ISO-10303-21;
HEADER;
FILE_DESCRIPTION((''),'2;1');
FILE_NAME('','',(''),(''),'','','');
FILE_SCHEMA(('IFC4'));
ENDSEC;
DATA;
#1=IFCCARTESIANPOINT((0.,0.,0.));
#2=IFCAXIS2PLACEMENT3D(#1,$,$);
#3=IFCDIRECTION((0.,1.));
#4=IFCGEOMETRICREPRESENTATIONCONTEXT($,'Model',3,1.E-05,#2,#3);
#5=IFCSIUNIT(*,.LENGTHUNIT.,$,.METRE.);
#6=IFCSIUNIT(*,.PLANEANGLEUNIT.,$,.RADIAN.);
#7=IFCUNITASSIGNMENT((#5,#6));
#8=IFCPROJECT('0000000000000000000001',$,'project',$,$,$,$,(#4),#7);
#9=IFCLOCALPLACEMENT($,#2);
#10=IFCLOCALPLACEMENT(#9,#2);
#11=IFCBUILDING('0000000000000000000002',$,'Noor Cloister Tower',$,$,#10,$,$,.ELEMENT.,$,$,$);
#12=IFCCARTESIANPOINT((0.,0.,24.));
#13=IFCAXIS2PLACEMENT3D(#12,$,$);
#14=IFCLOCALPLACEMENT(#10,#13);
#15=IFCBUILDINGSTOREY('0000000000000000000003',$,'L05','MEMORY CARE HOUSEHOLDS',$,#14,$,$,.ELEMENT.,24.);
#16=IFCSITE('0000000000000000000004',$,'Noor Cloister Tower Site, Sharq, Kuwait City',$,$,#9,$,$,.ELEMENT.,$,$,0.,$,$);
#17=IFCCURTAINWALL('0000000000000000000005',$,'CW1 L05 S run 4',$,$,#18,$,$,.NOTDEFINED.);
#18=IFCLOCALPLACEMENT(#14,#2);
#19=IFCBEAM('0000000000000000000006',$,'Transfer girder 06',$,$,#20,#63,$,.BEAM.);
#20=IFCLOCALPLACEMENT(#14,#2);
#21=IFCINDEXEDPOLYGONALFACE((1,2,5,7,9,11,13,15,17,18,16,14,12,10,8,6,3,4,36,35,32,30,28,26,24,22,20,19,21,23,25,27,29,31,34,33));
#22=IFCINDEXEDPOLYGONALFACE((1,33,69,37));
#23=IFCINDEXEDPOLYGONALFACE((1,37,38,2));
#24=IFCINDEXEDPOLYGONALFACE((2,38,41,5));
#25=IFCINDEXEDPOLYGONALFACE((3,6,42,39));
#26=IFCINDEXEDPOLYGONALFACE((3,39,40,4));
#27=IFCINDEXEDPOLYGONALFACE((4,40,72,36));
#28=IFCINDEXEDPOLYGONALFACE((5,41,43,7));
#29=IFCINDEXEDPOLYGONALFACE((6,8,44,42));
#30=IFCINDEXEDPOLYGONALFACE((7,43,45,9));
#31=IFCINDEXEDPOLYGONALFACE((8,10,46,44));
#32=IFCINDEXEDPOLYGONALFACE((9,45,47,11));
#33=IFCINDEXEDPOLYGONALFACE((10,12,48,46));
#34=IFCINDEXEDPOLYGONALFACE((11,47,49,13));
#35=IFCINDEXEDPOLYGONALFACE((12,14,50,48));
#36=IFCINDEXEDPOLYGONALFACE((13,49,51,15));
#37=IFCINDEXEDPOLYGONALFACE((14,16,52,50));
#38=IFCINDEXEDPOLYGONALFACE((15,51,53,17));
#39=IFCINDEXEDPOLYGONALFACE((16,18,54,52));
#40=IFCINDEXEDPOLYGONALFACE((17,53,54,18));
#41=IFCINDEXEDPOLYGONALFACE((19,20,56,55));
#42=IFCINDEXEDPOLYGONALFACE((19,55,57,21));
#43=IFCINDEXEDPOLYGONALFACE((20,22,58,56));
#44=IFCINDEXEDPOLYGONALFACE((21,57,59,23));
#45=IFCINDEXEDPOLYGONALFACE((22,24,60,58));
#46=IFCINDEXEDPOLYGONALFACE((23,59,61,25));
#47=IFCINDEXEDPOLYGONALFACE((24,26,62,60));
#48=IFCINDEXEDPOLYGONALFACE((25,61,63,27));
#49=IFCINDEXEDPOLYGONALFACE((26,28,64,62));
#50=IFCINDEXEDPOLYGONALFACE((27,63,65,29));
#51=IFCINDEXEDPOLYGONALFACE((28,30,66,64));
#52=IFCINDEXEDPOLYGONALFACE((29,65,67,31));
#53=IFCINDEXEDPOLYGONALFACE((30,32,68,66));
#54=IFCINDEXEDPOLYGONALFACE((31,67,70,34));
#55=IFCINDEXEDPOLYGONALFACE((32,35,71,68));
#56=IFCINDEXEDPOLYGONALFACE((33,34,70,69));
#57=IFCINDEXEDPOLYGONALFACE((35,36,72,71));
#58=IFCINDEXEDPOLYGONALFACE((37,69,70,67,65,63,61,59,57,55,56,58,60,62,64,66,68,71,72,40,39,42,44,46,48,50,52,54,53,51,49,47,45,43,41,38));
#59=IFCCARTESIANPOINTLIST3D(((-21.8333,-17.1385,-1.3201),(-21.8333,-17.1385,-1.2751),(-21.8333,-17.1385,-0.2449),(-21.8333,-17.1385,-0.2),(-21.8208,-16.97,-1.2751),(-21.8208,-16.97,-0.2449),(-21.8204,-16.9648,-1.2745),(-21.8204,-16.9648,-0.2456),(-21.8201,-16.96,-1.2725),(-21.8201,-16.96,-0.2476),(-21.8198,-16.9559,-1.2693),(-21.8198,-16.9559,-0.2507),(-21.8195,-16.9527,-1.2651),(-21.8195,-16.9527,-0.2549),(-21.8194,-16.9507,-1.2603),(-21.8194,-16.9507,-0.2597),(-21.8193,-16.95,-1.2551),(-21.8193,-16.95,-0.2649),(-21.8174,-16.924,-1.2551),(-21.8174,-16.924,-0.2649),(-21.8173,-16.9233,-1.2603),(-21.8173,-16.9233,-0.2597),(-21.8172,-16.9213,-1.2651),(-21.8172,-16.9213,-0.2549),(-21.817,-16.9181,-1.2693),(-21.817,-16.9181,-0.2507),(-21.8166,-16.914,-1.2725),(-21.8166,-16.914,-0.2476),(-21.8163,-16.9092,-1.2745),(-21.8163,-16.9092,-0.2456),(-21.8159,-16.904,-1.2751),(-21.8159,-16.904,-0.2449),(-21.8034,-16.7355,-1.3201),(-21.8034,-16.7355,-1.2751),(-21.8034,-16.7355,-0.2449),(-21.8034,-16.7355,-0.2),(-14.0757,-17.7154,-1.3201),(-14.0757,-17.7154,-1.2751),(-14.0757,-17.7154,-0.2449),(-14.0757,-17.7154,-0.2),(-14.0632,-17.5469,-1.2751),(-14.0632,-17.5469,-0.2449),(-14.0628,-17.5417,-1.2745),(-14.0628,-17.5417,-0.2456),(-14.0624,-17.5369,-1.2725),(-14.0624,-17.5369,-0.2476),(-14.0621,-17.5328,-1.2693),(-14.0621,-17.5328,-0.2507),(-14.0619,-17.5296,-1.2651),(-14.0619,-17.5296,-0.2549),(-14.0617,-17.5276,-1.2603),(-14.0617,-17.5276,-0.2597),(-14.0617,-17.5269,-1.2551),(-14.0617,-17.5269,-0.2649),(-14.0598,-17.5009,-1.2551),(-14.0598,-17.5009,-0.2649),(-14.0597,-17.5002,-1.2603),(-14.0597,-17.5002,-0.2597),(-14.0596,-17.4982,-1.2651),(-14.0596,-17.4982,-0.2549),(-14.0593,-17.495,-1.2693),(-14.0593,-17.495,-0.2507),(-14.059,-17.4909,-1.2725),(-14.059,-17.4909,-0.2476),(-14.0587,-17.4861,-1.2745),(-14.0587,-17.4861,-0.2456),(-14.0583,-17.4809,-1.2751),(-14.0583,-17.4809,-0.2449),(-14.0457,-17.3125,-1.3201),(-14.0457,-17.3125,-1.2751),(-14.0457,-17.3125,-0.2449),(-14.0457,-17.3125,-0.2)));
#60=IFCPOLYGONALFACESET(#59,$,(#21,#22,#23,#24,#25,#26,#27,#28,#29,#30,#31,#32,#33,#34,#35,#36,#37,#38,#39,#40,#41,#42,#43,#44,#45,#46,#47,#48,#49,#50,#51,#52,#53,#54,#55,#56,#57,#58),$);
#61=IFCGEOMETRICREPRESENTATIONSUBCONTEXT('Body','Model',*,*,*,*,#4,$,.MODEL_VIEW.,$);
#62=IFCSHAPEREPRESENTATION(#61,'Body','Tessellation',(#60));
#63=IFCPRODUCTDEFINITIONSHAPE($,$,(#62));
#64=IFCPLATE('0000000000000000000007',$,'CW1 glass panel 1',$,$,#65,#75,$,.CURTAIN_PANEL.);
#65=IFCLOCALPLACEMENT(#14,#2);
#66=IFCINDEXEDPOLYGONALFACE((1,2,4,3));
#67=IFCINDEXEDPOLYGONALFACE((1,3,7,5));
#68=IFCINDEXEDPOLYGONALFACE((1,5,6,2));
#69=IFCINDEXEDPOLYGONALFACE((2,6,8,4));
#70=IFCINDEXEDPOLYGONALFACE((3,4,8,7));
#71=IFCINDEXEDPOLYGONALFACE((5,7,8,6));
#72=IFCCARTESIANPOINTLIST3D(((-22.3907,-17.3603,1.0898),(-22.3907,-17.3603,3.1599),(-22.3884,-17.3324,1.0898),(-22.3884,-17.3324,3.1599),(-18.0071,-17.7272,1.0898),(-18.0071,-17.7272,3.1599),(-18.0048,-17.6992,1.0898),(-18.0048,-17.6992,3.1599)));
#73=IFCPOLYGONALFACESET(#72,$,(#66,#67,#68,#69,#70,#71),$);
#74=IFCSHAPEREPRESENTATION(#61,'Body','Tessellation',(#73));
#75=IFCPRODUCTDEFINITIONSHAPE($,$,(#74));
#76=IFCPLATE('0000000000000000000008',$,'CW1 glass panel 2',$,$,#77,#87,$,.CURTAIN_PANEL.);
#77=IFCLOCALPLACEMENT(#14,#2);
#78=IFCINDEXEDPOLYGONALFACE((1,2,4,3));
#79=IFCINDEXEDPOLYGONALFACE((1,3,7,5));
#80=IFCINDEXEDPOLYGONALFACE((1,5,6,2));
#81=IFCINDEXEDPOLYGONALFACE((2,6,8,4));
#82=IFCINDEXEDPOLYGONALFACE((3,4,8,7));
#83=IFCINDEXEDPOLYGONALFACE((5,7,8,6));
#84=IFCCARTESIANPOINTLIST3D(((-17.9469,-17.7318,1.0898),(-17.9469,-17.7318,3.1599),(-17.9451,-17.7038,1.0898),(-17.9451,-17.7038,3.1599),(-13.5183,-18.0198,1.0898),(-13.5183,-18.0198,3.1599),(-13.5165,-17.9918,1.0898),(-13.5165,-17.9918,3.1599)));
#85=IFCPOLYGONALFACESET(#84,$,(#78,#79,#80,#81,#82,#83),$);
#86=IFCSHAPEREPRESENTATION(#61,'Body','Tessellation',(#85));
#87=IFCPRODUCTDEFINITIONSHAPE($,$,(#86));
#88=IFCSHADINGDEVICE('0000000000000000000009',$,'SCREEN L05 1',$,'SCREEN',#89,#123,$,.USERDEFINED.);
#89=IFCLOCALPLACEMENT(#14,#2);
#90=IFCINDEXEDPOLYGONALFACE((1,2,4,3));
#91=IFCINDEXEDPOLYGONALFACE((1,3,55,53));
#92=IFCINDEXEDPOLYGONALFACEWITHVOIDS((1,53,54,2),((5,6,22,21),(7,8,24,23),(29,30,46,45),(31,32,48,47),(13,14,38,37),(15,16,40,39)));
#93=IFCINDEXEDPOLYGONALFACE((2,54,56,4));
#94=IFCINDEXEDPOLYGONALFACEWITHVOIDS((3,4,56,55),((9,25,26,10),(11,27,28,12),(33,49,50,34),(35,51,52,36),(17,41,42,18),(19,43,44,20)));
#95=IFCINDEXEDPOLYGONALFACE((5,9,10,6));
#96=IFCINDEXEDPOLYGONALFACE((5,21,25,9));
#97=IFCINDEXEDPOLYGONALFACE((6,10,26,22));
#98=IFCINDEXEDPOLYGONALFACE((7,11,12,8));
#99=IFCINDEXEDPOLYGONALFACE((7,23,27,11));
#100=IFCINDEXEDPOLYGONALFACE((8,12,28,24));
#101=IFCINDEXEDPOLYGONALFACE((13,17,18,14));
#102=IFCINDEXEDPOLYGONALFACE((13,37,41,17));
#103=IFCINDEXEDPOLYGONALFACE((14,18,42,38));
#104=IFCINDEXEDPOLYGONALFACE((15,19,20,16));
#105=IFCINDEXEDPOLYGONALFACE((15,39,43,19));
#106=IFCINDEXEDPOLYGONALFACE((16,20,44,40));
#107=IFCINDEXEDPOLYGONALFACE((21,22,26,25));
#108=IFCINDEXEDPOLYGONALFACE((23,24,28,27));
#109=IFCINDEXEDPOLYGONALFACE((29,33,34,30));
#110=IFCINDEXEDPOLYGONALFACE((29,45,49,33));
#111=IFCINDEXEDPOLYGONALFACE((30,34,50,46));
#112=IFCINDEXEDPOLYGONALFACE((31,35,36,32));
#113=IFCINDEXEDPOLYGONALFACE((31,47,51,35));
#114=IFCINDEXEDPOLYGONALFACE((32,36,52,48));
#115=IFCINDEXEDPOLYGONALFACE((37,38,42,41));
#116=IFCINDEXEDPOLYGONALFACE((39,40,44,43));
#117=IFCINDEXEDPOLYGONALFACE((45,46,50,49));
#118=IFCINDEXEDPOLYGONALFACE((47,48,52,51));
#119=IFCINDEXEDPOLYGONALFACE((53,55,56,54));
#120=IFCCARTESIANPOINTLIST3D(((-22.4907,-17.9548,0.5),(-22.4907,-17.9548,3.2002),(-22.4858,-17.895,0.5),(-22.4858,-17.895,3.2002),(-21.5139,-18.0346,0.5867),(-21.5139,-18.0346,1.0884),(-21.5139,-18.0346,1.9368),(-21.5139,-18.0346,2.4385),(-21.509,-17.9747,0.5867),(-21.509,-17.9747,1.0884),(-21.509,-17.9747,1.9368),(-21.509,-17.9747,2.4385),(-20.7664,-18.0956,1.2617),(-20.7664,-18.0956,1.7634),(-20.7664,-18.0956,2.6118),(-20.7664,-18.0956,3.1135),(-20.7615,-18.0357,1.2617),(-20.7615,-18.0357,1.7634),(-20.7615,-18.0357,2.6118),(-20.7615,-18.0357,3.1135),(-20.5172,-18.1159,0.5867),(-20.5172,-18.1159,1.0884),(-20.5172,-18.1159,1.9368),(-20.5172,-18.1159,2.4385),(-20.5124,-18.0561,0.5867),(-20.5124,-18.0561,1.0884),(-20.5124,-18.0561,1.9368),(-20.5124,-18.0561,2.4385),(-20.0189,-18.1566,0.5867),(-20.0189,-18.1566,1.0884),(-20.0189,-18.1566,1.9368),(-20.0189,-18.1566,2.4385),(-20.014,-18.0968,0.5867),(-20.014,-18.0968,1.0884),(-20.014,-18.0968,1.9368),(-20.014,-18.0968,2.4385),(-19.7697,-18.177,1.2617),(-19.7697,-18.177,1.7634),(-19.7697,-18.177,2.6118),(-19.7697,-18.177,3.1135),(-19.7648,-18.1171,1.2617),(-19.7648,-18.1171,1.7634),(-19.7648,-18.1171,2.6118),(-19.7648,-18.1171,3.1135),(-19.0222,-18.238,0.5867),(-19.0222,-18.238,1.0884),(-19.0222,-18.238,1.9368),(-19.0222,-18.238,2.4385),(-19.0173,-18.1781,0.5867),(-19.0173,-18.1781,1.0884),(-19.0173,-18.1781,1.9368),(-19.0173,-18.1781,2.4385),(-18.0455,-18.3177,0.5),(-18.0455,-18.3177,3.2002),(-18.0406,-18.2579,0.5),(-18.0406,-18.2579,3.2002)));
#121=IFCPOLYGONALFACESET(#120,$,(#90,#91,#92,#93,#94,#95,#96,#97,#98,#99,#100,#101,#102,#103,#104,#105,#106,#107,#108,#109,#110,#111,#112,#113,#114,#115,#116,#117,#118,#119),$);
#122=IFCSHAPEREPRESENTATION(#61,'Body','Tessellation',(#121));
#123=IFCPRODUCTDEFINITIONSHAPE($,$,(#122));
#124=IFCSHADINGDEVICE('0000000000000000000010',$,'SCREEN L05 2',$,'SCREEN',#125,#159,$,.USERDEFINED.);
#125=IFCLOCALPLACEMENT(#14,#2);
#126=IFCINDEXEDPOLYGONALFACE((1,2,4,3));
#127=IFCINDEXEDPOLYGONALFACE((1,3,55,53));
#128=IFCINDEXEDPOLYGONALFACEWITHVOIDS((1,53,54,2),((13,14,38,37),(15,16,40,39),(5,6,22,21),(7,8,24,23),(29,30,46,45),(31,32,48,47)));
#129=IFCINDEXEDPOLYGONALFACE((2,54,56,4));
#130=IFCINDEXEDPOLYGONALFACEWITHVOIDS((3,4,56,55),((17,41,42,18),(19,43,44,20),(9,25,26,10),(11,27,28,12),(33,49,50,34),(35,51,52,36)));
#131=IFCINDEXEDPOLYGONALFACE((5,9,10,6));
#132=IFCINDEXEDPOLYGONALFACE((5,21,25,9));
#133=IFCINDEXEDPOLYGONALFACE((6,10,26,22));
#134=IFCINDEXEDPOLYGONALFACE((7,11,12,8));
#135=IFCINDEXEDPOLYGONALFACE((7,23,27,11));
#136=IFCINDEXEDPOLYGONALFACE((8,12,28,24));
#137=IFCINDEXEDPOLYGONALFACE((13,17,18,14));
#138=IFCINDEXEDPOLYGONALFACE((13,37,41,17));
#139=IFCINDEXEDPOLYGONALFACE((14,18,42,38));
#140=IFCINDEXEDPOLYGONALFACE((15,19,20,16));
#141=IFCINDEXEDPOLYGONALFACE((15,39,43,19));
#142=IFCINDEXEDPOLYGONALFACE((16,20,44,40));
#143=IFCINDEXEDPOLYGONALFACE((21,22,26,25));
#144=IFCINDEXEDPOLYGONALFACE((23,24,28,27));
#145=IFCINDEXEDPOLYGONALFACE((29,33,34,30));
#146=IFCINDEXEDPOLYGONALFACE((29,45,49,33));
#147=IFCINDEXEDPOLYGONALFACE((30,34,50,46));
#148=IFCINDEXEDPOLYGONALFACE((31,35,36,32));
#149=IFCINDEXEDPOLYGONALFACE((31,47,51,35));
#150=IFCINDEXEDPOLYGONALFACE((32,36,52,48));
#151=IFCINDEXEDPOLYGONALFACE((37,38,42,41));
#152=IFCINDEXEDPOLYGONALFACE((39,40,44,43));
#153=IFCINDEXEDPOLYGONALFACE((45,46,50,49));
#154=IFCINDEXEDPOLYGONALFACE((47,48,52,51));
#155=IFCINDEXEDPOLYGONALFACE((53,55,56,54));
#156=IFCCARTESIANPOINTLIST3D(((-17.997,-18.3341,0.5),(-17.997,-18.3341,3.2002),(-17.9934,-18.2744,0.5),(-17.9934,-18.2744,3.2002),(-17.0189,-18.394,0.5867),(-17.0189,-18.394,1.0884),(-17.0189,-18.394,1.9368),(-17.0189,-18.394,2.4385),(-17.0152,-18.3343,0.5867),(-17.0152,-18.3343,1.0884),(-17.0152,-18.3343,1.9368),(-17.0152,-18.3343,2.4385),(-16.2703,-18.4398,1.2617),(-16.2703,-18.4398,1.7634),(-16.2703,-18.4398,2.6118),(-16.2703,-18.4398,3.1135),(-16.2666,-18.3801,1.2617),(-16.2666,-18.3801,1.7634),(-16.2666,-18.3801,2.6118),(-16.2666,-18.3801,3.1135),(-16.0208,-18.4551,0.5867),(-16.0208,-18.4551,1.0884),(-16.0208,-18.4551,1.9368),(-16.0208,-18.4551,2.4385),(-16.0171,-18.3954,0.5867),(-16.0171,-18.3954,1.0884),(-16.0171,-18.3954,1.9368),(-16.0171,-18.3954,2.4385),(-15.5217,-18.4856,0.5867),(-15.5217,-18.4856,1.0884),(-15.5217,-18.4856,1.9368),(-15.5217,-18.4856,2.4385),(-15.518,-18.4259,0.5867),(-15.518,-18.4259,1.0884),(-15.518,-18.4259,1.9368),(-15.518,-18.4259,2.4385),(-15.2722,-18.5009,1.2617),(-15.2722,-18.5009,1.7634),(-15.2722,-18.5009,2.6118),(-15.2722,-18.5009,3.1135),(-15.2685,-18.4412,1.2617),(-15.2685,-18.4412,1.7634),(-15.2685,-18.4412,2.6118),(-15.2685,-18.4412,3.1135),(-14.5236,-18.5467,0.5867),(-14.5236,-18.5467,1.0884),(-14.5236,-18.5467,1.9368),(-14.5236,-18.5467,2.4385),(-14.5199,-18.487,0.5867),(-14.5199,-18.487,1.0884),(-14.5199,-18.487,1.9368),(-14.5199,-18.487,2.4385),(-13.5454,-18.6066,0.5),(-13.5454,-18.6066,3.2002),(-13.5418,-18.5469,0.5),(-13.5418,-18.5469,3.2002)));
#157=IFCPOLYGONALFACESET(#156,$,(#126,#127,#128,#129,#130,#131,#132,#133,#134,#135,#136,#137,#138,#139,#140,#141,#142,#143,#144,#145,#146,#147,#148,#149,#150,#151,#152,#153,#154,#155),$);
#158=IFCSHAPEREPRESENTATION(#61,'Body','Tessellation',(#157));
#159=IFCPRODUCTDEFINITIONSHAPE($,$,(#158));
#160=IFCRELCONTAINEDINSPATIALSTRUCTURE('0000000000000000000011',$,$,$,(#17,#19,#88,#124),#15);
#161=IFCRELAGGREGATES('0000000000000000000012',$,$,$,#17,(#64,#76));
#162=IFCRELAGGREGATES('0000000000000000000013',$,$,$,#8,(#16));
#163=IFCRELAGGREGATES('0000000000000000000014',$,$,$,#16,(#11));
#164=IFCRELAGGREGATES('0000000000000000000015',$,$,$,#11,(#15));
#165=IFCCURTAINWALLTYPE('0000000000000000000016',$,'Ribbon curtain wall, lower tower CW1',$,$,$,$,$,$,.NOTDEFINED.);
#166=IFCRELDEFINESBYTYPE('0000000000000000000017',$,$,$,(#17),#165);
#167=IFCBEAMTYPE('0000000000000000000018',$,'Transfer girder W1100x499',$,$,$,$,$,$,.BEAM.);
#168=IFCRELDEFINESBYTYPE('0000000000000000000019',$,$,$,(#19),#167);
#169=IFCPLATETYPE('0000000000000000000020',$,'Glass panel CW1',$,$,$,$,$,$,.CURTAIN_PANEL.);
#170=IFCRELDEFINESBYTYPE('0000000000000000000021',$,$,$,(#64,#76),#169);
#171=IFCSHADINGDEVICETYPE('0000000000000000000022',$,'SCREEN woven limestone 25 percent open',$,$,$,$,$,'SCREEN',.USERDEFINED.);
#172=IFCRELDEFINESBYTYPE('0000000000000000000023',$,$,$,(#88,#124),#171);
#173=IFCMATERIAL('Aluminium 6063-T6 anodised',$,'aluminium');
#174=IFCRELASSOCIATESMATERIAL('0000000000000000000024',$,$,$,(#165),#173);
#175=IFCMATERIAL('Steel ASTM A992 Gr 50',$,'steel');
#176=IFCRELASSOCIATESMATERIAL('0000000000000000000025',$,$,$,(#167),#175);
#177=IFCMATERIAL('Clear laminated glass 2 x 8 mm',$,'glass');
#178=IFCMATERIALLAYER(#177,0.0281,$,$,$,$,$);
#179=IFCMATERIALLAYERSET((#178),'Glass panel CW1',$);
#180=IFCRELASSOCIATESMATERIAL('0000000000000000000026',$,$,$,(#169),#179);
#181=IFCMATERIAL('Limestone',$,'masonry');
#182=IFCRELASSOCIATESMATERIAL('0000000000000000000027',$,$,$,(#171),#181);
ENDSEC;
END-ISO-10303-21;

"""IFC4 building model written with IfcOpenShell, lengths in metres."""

from ifc_helpers import new_model, si_unit, direction, frame, origin, origin_2d, place, context, subcontext, project, spatial, polyline, rectangle, i_section, outline, extrude, material, layer, layer_set, material_profile, profile_set, type_object, element, aggregate, save


model = new_model("IFC4")

# Units and contexts
model_context = context("Model", 3, precision=1e-05, world=origin(), true_north=direction((0.0, 1.0)))
body_context = subcontext(model_context, "Body", "Model", "MODEL_VIEW")
ifc_project = project(units=[si_unit("LENGTHUNIT", "METRE"), si_unit("PLANEANGLEUNIT", "RADIAN")], contexts=[model_context])

# Site, building, storey
site_placement = place(None, origin())
site = spatial("IfcSite", under=ifc_project, at=site_placement, Name="Noor Cloister Tower Site, Sharq, Kuwait City", CompositionType="ELEMENT", RefElevation=0.0)
building_placement = place(site_placement, origin())
building = spatial("IfcBuilding", under=site, at=building_placement, Name="Noor Cloister Tower", CompositionType="ELEMENT")
storey_placement = place(building_placement, frame((0.0, 0.0, 24.0)))
storey = spatial("IfcBuildingStorey", under=building, at=storey_placement, Name="L05", Description="MEMORY CARE HOUSEHOLDS", CompositionType="ELEMENT", Elevation=24.0)

# Curtain wall
ifc_material_1 = material(Name="Aluminium 6063-T6 anodised", Category="aluminium")
curtain_wall_type = type_object("IfcCurtainWallType", Name="Ribbon curtain wall, lower tower CW1", PredefinedType="NOTDEFINED", material=ifc_material_1)
curtain_wall_placement = place(storey_placement, origin())
curtain_wall = element("IfcCurtainWall", 1, at=curtain_wall_placement, inside=storey, type_object=curtain_wall_type, Name="CW1 L05 S run 4", PredefinedType="NOTDEFINED")

# Beam
ifc_material_2 = material(Name="Steel ASTM A992 Gr 50", Category="steel")
ifc_material_profile_1 = material_profile(ifc_material_2, i_section(OverallWidth=0.4041, OverallDepth=1.1201, WebThickness=0.0261, FlangeThickness=0.0449, FilletRadius=0.02, at=origin_2d()), Name="W1100x499")
ifc_profile_set_1 = profile_set([ifc_material_profile_1], Name="Steel ASTM A992 Gr 50")
beam_type_1 = type_object("IfcBeamType", Name="Transfer girder W1100x499", PredefinedType="BEAM", material=ifc_profile_set_1)
beam_1_placement = place(storey_placement, frame((-21.8184, -16.937, -0.76), z_axis=(0.997246, -0.074162, 0.0), x_axis=(0.074162, 0.997246, 0.0)))
element("IfcBeam", 2, at=beam_1_placement, inside=storey, type_object=beam_type_1, Name="Transfer girder 06", PredefinedType="BEAM", context=body_context, shape_type="SweptSolid", body=[
    extrude(i_section(OverallWidth=0.4041, OverallDepth=1.1201, WebThickness=0.0261, FlangeThickness=0.0449, FilletRadius=0.02, at=origin_2d()), origin(), (0.0, 0.0, 1.0), 7.7791),
])

# Plates
ifc_material_3 = material(Name="Clear laminated glass 2 x 8 mm", Category="glass")
ifc_layer = layer(ifc_material_3, 0.0281)
ifc_layer_set = layer_set([ifc_layer], Name="Glass panel CW1")
plate_type = type_object("IfcPlateType", Name="Glass panel CW1", PredefinedType="CURTAIN_PANEL", material=ifc_layer_set)
plate_1_placement = place(storey_placement, frame((-20.1978, -17.5298, 1.0898), z_axis=(0.0, 0.0, 1.0), x_axis=(0.996517, -0.083396, 0.0)))
plate_1 = element("IfcPlate", 3, at=plate_1_placement, type_object=plate_type, Name="CW1 glass panel 1", PredefinedType="CURTAIN_PANEL", context=body_context, shape_type="SweptSolid", body=[
    extrude(rectangle(XDim=4.3989, YDim=0.0281, at=origin_2d()), origin(), (0.0, 0.0, 1.0), 2.0701),
])
plate_2_placement = place(storey_placement, frame((-15.7317, -17.8618, 1.0898), z_axis=(0.0, 0.0, 1.0), x_axis=(0.997892, -0.064893, 0.0)))
plate_2 = element("IfcPlate", 4, at=plate_2_placement, type_object=plate_type, Name="CW1 glass panel 2", PredefinedType="CURTAIN_PANEL", context=body_context, shape_type="SweptSolid", body=[
    extrude(rectangle(XDim=4.438, YDim=0.0281, at=origin_2d()), origin(), (0.0, 0.0, 1.0), 2.0701),
])
aggregate(curtain_wall, [plate_1, plate_2])

# Shading devices
ifc_material_4 = material(Name="Limestone", Category="masonry")
ifc_material_profile_2 = material_profile(ifc_material_4, outline(polyline([(-2.23, -1.3501), (2.23, -1.3501), (2.23, 1.3501), (-2.23, 1.3501), (-2.23, -1.3501)]), holes=[polyline([(-1.25, -1.2634), (-0.25, -1.2634), (-0.25, -0.7617), (-1.25, -0.7617), (-1.25, -1.2634)]), polyline([(0.25, -1.2634), (1.25, -1.2634), (1.25, -0.7617), (0.25, -0.7617), (0.25, -1.2634)]), polyline([(-0.5, -0.5884), (0.5, -0.5884), (0.5, -0.0867), (-0.5, -0.0867), (-0.5, -0.5884)]), polyline([(-1.25, 0.0867), (-0.25, 0.0867), (-0.25, 0.5884), (-1.25, 0.5884), (-1.25, 0.0867)]), polyline([(0.25, 0.0867), (1.25, 0.0867), (1.25, 0.5884), (0.25, 0.5884), (0.25, 0.0867)]), polyline([(-0.5, 0.7617), (0.5, 0.7617), (0.5, 1.2634), (-0.5, 1.2634), (-0.5, 0.7617)])]), Name="Woven screen 25 percent open")
ifc_profile_set_2 = profile_set([ifc_material_profile_2], Name="Limestone")
shading_device_type = type_object("IfcShadingDeviceType", Name="SCREEN woven limestone 25 percent open", ElementType="SCREEN", PredefinedType="USERDEFINED", material=ifc_profile_set_2)
shading_device_1_placement = place(storey_placement, frame((-20.2632, -18.0764, 1.8501), z_axis=(-0.081362, -0.996685, 0.0), x_axis=(0.996685, -0.081362, 0.0)))
element("IfcShadingDevice", 5, at=shading_device_1_placement, inside=storey, type_object=shading_device_type, Name="SCREEN L05 1", ObjectType="SCREEN", PredefinedType="USERDEFINED", context=body_context, shape_type="SweptSolid", body=[
    extrude(outline(polyline([(-2.23, -1.3501), (2.23, -1.3501), (2.23, 1.3501), (-2.23, 1.3501), (-2.23, -1.3501)]), holes=[polyline([(-1.25, -1.2634), (-0.25, -1.2634), (-0.25, -0.7617), (-1.25, -0.7617), (-1.25, -1.2634)]), polyline([(0.25, -1.2634), (1.25, -1.2634), (1.25, -0.7617), (0.25, -0.7617), (0.25, -1.2634)]), polyline([(-0.5, -0.5884), (0.5, -0.5884), (0.5, -0.0867), (-0.5, -0.0867), (-0.5, -0.5884)]), polyline([(-1.25, 0.0867), (-0.25, 0.0867), (-0.25, 0.5884), (-1.25, 0.5884), (-1.25, 0.0867)]), polyline([(0.25, 0.0867), (1.25, 0.0867), (1.25, 0.5884), (0.25, 0.5884), (0.25, 0.0867)]), polyline([(-0.5, 0.7617), (0.5, 0.7617), (0.5, 1.2634), (-0.5, 1.2634), (-0.5, 0.7617)])]), origin(), (0.0, 0.0, 1.0), 0.0601),
])
shading_device_2_placement = place(storey_placement, frame((-15.7676, -18.4106, 1.8501), z_axis=(-0.06111, -0.998131, 0.0), x_axis=(0.998131, -0.06111, 0.0)))
element("IfcShadingDevice", 6, at=shading_device_2_placement, inside=storey, type_object=shading_device_type, Name="SCREEN L05 2", ObjectType="SCREEN", PredefinedType="USERDEFINED", context=body_context, shape_type="SweptSolid", body=[
    extrude(outline(polyline([(-2.23, -1.3501), (2.23, -1.3501), (2.23, 1.3501), (-2.23, 1.3501), (-2.23, -1.3501)]), holes=[polyline([(-1.25, -1.2634), (-0.25, -1.2634), (-0.25, -0.7617), (-1.25, -0.7617), (-1.25, -1.2634)]), polyline([(0.25, -1.2634), (1.25, -1.2634), (1.25, -0.7617), (0.25, -0.7617), (0.25, -1.2634)]), polyline([(-0.5, -0.5884), (0.5, -0.5884), (0.5, -0.0867), (-0.5, -0.0867), (-0.5, -0.5884)]), polyline([(-1.25, 0.0867), (-0.25, 0.0867), (-0.25, 0.5884), (-1.25, 0.5884), (-1.25, 0.0867)]), polyline([(0.25, 0.0867), (1.25, 0.0867), (1.25, 0.5884), (0.25, 0.5884), (0.25, 0.0867)]), polyline([(-0.5, 0.7617), (0.5, 0.7617), (0.5, 1.2634), (-0.5, 1.2634), (-0.5, 0.7617)])]), origin(), (0.0, 0.0, 1.0), 0.0598),
])

save(model, "model.ifc")
